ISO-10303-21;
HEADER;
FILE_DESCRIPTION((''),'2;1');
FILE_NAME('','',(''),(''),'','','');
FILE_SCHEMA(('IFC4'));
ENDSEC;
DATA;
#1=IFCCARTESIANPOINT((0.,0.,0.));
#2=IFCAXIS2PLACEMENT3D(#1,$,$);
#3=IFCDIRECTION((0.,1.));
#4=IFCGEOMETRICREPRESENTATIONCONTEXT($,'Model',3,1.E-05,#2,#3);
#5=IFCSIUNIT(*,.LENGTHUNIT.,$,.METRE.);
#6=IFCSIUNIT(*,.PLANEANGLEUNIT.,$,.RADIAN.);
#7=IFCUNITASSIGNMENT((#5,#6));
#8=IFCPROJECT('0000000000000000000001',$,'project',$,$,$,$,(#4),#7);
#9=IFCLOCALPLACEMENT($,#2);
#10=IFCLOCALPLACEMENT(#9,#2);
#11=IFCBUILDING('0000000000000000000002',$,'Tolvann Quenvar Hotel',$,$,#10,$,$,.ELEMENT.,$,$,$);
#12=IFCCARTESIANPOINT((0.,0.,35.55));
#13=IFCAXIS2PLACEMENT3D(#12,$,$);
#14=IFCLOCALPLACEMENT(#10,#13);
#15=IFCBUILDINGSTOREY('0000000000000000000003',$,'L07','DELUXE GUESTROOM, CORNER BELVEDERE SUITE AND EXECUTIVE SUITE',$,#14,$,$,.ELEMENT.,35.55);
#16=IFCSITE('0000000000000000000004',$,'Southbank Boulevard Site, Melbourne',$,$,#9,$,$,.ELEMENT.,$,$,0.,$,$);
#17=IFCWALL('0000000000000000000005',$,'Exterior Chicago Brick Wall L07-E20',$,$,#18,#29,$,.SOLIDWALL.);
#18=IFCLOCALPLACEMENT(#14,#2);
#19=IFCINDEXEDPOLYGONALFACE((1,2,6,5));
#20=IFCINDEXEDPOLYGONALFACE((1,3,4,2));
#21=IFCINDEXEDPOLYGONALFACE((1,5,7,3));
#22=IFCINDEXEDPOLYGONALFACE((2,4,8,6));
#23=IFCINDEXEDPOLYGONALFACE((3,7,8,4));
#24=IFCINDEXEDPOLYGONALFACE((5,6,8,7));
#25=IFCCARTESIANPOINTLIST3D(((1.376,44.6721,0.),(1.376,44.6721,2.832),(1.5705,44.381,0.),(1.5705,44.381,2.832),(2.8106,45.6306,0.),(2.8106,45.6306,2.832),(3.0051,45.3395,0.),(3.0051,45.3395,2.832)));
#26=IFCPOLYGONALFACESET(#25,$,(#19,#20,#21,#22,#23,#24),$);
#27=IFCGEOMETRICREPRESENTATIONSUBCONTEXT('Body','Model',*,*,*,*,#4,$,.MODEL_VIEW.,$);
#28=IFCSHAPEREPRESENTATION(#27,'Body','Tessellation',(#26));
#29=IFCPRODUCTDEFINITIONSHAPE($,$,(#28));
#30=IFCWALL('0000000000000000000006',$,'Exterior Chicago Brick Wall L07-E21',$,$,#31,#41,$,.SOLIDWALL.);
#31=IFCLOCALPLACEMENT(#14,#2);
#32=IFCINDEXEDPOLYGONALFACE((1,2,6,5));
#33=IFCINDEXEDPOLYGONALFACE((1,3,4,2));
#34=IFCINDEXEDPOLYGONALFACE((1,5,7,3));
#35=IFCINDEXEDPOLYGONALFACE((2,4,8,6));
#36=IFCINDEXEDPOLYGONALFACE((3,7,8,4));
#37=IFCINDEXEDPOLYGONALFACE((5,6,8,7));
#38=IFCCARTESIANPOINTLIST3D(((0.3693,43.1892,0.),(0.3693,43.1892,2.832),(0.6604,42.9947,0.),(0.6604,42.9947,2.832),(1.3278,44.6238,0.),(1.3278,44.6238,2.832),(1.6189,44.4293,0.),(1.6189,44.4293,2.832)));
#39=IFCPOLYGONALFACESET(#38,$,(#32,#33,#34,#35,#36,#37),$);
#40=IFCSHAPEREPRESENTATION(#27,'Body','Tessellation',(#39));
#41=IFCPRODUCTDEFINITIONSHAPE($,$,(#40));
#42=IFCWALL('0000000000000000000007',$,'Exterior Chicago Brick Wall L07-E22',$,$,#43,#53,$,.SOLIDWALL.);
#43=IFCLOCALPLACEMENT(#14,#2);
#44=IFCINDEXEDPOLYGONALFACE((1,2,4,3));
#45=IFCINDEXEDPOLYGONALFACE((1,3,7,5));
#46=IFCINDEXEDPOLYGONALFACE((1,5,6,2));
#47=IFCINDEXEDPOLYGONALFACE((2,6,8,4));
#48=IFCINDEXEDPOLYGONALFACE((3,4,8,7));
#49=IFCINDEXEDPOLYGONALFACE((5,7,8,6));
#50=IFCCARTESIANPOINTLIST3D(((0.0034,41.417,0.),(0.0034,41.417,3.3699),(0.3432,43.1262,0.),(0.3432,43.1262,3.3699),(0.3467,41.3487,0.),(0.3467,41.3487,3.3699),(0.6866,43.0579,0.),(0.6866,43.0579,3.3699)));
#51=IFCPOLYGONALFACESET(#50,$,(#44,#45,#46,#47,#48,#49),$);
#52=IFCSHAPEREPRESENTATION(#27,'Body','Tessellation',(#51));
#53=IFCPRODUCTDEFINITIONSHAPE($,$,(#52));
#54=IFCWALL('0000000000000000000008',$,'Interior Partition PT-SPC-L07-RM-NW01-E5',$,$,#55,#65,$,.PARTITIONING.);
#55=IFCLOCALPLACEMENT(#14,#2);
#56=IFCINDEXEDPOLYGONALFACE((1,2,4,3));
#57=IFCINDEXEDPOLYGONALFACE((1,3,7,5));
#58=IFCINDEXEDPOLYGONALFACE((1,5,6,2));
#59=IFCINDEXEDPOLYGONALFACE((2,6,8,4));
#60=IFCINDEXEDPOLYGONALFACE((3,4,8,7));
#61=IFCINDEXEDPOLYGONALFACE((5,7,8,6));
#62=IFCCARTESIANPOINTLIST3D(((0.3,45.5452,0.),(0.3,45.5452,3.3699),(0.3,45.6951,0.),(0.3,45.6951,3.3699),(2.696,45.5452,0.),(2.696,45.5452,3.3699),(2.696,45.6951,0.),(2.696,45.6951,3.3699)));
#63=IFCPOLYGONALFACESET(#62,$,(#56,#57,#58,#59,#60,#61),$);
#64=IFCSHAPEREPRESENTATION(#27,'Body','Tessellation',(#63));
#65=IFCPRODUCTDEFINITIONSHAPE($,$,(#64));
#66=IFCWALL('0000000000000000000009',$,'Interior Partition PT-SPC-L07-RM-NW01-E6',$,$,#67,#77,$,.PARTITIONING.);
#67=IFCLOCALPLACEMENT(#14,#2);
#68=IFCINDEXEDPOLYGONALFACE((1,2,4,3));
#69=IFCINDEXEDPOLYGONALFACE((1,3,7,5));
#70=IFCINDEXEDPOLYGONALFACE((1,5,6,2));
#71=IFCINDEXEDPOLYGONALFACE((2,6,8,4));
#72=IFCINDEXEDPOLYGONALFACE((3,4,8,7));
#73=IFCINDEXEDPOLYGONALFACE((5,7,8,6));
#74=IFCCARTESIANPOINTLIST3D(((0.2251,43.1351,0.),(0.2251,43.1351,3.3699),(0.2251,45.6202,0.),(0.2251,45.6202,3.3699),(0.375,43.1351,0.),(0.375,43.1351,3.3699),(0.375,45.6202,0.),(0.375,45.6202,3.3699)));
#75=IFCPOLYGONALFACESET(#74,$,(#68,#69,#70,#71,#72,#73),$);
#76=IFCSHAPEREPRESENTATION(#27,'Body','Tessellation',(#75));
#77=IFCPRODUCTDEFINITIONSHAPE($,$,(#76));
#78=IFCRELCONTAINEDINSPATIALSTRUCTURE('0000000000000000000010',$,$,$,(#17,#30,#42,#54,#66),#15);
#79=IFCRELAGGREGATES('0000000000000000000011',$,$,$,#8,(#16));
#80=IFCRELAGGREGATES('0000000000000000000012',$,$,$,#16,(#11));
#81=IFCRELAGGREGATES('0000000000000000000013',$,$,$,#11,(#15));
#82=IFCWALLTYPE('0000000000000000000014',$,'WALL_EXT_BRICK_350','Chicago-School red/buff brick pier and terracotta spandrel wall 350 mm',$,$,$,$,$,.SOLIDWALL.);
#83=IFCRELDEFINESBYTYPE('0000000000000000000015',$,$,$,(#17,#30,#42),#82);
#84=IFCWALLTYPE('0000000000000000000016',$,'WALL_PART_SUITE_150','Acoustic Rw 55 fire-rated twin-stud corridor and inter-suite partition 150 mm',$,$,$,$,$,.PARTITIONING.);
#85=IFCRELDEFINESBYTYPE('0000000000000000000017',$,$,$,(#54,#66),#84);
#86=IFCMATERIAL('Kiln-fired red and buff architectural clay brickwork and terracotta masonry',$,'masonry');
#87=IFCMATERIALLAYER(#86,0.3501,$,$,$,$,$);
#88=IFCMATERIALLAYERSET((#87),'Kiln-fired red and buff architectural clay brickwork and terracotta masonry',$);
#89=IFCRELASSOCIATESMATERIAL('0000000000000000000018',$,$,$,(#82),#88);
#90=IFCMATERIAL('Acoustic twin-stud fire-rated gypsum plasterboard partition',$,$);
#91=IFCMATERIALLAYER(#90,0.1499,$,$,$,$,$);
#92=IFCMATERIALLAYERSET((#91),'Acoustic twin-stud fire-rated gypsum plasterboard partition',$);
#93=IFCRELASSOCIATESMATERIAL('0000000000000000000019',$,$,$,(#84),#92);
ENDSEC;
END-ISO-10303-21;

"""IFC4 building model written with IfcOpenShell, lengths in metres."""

from ifc_helpers import new_model, si_unit, direction, frame, frame_2d, origin, place, context, subcontext, project, spatial, rectangle, extrude, material, layer, layer_set, type_object, element, save


model = new_model("IFC4")

# Units and contexts
model_context = context("Model", 3, precision=1e-05, world=origin(), true_north=direction((0.0, 1.0)))
body_context = subcontext(model_context, "Body", "Model", "MODEL_VIEW")
ifc_project = project(units=[si_unit("LENGTHUNIT", "METRE"), si_unit("PLANEANGLEUNIT", "RADIAN")], contexts=[model_context])

# Site, building, storey
site_placement = place(None, origin())
site = spatial("IfcSite", under=ifc_project, at=site_placement, Name="Southbank Boulevard Site, Melbourne", CompositionType="ELEMENT", RefElevation=0.0)
building_placement = place(site_placement, origin())
building = spatial("IfcBuilding", under=site, at=building_placement, Name="Tolvann Quenvar Hotel", CompositionType="ELEMENT")
storey_placement = place(building_placement, frame((0.0, 0.0, 35.55)))
storey = spatial("IfcBuildingStorey", under=building, at=storey_placement, Name="L07", Description="DELUXE GUESTROOM, CORNER BELVEDERE SUITE AND EXECUTIVE SUITE", CompositionType="ELEMENT", Elevation=35.55)

# Walls
ifc_material_1 = material(Name="Kiln-fired red and buff architectural clay brickwork and terracotta masonry", Category="masonry")
ifc_layer_1 = layer(ifc_material_1, 0.3501)
ifc_layer_set_1 = layer_set([ifc_layer_1], Name="Kiln-fired red and buff architectural clay brickwork and terracotta masonry")
wall_type_1 = type_object("IfcWallType", Name="WALL_EXT_BRICK_350", Description="Chicago-School red/buff brick pier and terracotta spandrel wall 350 mm", PredefinedType="SOLIDWALL", material=ifc_layer_set_1)
for number, where, z_axis, x_axis, name in (
    (1, (2.908, 45.4851, 0.0), (0.0, 0.0, 1.0), (-0.831484, -0.555549, 0.0), "Exterior Chicago Brick Wall L07-E20"),
    (2, (1.4734, 44.5266, 0.0), (0.0, 0.0, 1.0), (-0.555549, -0.831484, 0.0), "Exterior Chicago Brick Wall L07-E21"),
):
    element("IfcWall", number, at=place(storey_placement, frame(where, z_axis=z_axis, x_axis=x_axis)), inside=storey, type_object=wall_type_1, Name=name, PredefinedType="SOLIDWALL", context=body_context, shape_type="SweptSolid", body=[
        extrude(rectangle(XDim=1.7253, YDim=0.3501, at=frame_2d((0.8628, 0.0))), origin(), (0.0, 0.0, 1.0), 2.832),
    ])
wall_1_placement = place(storey_placement, frame((0.5149, 43.092, 0.0), z_axis=(0.0, 0.0, 1.0), x_axis=(-0.195011, -0.980801, 0.0)))
element("IfcWall", 3, at=wall_1_placement, inside=storey, type_object=wall_type_1, Name="Exterior Chicago Brick Wall L07-E22", PredefinedType="SOLIDWALL", context=body_context, shape_type="SweptSolid", body=[
    extrude(rectangle(XDim=1.7427, YDim=0.3501, at=frame_2d((0.8713, 0.0))), origin(), (0.0, 0.0, 1.0), 3.3699),
])

# Walls
ifc_material_2 = material(Name="Acoustic twin-stud fire-rated gypsum plasterboard partition")
ifc_layer_2 = layer(ifc_material_2, 0.1499)
ifc_layer_set_2 = layer_set([ifc_layer_2], Name="Acoustic twin-stud fire-rated gypsum plasterboard partition")
wall_type_2 = type_object("IfcWallType", Name="WALL_PART_SUITE_150", Description="Acoustic Rw 55 fire-rated twin-stud corridor and inter-suite partition 150 mm", PredefinedType="PARTITIONING", material=ifc_layer_set_2)
wall_2_placement = place(storey_placement, frame((0.3, 45.6201, 0.0), z_axis=(0.0, 0.0, 1.0), x_axis=(1.0, 0.0, 0.0)))
element("IfcWall", 4, at=wall_2_placement, inside=storey, type_object=wall_type_2, Name="Interior Partition PT-SPC-L07-RM-NW01-E5", PredefinedType="PARTITIONING", context=body_context, shape_type="SweptSolid", body=[
    extrude(rectangle(XDim=2.396, YDim=0.1499, at=frame_2d((1.198, 0.0))), origin(), (0.0, 0.0, 1.0), 3.3699),
])
wall_3_placement = place(storey_placement, frame((0.3, 43.135, 0.0), z_axis=(0.0, 0.0, 1.0), x_axis=(0.0, 1.0, 0.0)))
element("IfcWall", 5, at=wall_3_placement, inside=storey, type_object=wall_type_2, Name="Interior Partition PT-SPC-L07-RM-NW01-E6", PredefinedType="PARTITIONING", context=body_context, shape_type="SweptSolid", body=[
    extrude(rectangle(XDim=2.4851, YDim=0.1499, at=frame_2d((1.2427, 0.0))), origin(), (0.0, 0.0, 1.0), 3.3699),
])

save(model, "model.ifc")
